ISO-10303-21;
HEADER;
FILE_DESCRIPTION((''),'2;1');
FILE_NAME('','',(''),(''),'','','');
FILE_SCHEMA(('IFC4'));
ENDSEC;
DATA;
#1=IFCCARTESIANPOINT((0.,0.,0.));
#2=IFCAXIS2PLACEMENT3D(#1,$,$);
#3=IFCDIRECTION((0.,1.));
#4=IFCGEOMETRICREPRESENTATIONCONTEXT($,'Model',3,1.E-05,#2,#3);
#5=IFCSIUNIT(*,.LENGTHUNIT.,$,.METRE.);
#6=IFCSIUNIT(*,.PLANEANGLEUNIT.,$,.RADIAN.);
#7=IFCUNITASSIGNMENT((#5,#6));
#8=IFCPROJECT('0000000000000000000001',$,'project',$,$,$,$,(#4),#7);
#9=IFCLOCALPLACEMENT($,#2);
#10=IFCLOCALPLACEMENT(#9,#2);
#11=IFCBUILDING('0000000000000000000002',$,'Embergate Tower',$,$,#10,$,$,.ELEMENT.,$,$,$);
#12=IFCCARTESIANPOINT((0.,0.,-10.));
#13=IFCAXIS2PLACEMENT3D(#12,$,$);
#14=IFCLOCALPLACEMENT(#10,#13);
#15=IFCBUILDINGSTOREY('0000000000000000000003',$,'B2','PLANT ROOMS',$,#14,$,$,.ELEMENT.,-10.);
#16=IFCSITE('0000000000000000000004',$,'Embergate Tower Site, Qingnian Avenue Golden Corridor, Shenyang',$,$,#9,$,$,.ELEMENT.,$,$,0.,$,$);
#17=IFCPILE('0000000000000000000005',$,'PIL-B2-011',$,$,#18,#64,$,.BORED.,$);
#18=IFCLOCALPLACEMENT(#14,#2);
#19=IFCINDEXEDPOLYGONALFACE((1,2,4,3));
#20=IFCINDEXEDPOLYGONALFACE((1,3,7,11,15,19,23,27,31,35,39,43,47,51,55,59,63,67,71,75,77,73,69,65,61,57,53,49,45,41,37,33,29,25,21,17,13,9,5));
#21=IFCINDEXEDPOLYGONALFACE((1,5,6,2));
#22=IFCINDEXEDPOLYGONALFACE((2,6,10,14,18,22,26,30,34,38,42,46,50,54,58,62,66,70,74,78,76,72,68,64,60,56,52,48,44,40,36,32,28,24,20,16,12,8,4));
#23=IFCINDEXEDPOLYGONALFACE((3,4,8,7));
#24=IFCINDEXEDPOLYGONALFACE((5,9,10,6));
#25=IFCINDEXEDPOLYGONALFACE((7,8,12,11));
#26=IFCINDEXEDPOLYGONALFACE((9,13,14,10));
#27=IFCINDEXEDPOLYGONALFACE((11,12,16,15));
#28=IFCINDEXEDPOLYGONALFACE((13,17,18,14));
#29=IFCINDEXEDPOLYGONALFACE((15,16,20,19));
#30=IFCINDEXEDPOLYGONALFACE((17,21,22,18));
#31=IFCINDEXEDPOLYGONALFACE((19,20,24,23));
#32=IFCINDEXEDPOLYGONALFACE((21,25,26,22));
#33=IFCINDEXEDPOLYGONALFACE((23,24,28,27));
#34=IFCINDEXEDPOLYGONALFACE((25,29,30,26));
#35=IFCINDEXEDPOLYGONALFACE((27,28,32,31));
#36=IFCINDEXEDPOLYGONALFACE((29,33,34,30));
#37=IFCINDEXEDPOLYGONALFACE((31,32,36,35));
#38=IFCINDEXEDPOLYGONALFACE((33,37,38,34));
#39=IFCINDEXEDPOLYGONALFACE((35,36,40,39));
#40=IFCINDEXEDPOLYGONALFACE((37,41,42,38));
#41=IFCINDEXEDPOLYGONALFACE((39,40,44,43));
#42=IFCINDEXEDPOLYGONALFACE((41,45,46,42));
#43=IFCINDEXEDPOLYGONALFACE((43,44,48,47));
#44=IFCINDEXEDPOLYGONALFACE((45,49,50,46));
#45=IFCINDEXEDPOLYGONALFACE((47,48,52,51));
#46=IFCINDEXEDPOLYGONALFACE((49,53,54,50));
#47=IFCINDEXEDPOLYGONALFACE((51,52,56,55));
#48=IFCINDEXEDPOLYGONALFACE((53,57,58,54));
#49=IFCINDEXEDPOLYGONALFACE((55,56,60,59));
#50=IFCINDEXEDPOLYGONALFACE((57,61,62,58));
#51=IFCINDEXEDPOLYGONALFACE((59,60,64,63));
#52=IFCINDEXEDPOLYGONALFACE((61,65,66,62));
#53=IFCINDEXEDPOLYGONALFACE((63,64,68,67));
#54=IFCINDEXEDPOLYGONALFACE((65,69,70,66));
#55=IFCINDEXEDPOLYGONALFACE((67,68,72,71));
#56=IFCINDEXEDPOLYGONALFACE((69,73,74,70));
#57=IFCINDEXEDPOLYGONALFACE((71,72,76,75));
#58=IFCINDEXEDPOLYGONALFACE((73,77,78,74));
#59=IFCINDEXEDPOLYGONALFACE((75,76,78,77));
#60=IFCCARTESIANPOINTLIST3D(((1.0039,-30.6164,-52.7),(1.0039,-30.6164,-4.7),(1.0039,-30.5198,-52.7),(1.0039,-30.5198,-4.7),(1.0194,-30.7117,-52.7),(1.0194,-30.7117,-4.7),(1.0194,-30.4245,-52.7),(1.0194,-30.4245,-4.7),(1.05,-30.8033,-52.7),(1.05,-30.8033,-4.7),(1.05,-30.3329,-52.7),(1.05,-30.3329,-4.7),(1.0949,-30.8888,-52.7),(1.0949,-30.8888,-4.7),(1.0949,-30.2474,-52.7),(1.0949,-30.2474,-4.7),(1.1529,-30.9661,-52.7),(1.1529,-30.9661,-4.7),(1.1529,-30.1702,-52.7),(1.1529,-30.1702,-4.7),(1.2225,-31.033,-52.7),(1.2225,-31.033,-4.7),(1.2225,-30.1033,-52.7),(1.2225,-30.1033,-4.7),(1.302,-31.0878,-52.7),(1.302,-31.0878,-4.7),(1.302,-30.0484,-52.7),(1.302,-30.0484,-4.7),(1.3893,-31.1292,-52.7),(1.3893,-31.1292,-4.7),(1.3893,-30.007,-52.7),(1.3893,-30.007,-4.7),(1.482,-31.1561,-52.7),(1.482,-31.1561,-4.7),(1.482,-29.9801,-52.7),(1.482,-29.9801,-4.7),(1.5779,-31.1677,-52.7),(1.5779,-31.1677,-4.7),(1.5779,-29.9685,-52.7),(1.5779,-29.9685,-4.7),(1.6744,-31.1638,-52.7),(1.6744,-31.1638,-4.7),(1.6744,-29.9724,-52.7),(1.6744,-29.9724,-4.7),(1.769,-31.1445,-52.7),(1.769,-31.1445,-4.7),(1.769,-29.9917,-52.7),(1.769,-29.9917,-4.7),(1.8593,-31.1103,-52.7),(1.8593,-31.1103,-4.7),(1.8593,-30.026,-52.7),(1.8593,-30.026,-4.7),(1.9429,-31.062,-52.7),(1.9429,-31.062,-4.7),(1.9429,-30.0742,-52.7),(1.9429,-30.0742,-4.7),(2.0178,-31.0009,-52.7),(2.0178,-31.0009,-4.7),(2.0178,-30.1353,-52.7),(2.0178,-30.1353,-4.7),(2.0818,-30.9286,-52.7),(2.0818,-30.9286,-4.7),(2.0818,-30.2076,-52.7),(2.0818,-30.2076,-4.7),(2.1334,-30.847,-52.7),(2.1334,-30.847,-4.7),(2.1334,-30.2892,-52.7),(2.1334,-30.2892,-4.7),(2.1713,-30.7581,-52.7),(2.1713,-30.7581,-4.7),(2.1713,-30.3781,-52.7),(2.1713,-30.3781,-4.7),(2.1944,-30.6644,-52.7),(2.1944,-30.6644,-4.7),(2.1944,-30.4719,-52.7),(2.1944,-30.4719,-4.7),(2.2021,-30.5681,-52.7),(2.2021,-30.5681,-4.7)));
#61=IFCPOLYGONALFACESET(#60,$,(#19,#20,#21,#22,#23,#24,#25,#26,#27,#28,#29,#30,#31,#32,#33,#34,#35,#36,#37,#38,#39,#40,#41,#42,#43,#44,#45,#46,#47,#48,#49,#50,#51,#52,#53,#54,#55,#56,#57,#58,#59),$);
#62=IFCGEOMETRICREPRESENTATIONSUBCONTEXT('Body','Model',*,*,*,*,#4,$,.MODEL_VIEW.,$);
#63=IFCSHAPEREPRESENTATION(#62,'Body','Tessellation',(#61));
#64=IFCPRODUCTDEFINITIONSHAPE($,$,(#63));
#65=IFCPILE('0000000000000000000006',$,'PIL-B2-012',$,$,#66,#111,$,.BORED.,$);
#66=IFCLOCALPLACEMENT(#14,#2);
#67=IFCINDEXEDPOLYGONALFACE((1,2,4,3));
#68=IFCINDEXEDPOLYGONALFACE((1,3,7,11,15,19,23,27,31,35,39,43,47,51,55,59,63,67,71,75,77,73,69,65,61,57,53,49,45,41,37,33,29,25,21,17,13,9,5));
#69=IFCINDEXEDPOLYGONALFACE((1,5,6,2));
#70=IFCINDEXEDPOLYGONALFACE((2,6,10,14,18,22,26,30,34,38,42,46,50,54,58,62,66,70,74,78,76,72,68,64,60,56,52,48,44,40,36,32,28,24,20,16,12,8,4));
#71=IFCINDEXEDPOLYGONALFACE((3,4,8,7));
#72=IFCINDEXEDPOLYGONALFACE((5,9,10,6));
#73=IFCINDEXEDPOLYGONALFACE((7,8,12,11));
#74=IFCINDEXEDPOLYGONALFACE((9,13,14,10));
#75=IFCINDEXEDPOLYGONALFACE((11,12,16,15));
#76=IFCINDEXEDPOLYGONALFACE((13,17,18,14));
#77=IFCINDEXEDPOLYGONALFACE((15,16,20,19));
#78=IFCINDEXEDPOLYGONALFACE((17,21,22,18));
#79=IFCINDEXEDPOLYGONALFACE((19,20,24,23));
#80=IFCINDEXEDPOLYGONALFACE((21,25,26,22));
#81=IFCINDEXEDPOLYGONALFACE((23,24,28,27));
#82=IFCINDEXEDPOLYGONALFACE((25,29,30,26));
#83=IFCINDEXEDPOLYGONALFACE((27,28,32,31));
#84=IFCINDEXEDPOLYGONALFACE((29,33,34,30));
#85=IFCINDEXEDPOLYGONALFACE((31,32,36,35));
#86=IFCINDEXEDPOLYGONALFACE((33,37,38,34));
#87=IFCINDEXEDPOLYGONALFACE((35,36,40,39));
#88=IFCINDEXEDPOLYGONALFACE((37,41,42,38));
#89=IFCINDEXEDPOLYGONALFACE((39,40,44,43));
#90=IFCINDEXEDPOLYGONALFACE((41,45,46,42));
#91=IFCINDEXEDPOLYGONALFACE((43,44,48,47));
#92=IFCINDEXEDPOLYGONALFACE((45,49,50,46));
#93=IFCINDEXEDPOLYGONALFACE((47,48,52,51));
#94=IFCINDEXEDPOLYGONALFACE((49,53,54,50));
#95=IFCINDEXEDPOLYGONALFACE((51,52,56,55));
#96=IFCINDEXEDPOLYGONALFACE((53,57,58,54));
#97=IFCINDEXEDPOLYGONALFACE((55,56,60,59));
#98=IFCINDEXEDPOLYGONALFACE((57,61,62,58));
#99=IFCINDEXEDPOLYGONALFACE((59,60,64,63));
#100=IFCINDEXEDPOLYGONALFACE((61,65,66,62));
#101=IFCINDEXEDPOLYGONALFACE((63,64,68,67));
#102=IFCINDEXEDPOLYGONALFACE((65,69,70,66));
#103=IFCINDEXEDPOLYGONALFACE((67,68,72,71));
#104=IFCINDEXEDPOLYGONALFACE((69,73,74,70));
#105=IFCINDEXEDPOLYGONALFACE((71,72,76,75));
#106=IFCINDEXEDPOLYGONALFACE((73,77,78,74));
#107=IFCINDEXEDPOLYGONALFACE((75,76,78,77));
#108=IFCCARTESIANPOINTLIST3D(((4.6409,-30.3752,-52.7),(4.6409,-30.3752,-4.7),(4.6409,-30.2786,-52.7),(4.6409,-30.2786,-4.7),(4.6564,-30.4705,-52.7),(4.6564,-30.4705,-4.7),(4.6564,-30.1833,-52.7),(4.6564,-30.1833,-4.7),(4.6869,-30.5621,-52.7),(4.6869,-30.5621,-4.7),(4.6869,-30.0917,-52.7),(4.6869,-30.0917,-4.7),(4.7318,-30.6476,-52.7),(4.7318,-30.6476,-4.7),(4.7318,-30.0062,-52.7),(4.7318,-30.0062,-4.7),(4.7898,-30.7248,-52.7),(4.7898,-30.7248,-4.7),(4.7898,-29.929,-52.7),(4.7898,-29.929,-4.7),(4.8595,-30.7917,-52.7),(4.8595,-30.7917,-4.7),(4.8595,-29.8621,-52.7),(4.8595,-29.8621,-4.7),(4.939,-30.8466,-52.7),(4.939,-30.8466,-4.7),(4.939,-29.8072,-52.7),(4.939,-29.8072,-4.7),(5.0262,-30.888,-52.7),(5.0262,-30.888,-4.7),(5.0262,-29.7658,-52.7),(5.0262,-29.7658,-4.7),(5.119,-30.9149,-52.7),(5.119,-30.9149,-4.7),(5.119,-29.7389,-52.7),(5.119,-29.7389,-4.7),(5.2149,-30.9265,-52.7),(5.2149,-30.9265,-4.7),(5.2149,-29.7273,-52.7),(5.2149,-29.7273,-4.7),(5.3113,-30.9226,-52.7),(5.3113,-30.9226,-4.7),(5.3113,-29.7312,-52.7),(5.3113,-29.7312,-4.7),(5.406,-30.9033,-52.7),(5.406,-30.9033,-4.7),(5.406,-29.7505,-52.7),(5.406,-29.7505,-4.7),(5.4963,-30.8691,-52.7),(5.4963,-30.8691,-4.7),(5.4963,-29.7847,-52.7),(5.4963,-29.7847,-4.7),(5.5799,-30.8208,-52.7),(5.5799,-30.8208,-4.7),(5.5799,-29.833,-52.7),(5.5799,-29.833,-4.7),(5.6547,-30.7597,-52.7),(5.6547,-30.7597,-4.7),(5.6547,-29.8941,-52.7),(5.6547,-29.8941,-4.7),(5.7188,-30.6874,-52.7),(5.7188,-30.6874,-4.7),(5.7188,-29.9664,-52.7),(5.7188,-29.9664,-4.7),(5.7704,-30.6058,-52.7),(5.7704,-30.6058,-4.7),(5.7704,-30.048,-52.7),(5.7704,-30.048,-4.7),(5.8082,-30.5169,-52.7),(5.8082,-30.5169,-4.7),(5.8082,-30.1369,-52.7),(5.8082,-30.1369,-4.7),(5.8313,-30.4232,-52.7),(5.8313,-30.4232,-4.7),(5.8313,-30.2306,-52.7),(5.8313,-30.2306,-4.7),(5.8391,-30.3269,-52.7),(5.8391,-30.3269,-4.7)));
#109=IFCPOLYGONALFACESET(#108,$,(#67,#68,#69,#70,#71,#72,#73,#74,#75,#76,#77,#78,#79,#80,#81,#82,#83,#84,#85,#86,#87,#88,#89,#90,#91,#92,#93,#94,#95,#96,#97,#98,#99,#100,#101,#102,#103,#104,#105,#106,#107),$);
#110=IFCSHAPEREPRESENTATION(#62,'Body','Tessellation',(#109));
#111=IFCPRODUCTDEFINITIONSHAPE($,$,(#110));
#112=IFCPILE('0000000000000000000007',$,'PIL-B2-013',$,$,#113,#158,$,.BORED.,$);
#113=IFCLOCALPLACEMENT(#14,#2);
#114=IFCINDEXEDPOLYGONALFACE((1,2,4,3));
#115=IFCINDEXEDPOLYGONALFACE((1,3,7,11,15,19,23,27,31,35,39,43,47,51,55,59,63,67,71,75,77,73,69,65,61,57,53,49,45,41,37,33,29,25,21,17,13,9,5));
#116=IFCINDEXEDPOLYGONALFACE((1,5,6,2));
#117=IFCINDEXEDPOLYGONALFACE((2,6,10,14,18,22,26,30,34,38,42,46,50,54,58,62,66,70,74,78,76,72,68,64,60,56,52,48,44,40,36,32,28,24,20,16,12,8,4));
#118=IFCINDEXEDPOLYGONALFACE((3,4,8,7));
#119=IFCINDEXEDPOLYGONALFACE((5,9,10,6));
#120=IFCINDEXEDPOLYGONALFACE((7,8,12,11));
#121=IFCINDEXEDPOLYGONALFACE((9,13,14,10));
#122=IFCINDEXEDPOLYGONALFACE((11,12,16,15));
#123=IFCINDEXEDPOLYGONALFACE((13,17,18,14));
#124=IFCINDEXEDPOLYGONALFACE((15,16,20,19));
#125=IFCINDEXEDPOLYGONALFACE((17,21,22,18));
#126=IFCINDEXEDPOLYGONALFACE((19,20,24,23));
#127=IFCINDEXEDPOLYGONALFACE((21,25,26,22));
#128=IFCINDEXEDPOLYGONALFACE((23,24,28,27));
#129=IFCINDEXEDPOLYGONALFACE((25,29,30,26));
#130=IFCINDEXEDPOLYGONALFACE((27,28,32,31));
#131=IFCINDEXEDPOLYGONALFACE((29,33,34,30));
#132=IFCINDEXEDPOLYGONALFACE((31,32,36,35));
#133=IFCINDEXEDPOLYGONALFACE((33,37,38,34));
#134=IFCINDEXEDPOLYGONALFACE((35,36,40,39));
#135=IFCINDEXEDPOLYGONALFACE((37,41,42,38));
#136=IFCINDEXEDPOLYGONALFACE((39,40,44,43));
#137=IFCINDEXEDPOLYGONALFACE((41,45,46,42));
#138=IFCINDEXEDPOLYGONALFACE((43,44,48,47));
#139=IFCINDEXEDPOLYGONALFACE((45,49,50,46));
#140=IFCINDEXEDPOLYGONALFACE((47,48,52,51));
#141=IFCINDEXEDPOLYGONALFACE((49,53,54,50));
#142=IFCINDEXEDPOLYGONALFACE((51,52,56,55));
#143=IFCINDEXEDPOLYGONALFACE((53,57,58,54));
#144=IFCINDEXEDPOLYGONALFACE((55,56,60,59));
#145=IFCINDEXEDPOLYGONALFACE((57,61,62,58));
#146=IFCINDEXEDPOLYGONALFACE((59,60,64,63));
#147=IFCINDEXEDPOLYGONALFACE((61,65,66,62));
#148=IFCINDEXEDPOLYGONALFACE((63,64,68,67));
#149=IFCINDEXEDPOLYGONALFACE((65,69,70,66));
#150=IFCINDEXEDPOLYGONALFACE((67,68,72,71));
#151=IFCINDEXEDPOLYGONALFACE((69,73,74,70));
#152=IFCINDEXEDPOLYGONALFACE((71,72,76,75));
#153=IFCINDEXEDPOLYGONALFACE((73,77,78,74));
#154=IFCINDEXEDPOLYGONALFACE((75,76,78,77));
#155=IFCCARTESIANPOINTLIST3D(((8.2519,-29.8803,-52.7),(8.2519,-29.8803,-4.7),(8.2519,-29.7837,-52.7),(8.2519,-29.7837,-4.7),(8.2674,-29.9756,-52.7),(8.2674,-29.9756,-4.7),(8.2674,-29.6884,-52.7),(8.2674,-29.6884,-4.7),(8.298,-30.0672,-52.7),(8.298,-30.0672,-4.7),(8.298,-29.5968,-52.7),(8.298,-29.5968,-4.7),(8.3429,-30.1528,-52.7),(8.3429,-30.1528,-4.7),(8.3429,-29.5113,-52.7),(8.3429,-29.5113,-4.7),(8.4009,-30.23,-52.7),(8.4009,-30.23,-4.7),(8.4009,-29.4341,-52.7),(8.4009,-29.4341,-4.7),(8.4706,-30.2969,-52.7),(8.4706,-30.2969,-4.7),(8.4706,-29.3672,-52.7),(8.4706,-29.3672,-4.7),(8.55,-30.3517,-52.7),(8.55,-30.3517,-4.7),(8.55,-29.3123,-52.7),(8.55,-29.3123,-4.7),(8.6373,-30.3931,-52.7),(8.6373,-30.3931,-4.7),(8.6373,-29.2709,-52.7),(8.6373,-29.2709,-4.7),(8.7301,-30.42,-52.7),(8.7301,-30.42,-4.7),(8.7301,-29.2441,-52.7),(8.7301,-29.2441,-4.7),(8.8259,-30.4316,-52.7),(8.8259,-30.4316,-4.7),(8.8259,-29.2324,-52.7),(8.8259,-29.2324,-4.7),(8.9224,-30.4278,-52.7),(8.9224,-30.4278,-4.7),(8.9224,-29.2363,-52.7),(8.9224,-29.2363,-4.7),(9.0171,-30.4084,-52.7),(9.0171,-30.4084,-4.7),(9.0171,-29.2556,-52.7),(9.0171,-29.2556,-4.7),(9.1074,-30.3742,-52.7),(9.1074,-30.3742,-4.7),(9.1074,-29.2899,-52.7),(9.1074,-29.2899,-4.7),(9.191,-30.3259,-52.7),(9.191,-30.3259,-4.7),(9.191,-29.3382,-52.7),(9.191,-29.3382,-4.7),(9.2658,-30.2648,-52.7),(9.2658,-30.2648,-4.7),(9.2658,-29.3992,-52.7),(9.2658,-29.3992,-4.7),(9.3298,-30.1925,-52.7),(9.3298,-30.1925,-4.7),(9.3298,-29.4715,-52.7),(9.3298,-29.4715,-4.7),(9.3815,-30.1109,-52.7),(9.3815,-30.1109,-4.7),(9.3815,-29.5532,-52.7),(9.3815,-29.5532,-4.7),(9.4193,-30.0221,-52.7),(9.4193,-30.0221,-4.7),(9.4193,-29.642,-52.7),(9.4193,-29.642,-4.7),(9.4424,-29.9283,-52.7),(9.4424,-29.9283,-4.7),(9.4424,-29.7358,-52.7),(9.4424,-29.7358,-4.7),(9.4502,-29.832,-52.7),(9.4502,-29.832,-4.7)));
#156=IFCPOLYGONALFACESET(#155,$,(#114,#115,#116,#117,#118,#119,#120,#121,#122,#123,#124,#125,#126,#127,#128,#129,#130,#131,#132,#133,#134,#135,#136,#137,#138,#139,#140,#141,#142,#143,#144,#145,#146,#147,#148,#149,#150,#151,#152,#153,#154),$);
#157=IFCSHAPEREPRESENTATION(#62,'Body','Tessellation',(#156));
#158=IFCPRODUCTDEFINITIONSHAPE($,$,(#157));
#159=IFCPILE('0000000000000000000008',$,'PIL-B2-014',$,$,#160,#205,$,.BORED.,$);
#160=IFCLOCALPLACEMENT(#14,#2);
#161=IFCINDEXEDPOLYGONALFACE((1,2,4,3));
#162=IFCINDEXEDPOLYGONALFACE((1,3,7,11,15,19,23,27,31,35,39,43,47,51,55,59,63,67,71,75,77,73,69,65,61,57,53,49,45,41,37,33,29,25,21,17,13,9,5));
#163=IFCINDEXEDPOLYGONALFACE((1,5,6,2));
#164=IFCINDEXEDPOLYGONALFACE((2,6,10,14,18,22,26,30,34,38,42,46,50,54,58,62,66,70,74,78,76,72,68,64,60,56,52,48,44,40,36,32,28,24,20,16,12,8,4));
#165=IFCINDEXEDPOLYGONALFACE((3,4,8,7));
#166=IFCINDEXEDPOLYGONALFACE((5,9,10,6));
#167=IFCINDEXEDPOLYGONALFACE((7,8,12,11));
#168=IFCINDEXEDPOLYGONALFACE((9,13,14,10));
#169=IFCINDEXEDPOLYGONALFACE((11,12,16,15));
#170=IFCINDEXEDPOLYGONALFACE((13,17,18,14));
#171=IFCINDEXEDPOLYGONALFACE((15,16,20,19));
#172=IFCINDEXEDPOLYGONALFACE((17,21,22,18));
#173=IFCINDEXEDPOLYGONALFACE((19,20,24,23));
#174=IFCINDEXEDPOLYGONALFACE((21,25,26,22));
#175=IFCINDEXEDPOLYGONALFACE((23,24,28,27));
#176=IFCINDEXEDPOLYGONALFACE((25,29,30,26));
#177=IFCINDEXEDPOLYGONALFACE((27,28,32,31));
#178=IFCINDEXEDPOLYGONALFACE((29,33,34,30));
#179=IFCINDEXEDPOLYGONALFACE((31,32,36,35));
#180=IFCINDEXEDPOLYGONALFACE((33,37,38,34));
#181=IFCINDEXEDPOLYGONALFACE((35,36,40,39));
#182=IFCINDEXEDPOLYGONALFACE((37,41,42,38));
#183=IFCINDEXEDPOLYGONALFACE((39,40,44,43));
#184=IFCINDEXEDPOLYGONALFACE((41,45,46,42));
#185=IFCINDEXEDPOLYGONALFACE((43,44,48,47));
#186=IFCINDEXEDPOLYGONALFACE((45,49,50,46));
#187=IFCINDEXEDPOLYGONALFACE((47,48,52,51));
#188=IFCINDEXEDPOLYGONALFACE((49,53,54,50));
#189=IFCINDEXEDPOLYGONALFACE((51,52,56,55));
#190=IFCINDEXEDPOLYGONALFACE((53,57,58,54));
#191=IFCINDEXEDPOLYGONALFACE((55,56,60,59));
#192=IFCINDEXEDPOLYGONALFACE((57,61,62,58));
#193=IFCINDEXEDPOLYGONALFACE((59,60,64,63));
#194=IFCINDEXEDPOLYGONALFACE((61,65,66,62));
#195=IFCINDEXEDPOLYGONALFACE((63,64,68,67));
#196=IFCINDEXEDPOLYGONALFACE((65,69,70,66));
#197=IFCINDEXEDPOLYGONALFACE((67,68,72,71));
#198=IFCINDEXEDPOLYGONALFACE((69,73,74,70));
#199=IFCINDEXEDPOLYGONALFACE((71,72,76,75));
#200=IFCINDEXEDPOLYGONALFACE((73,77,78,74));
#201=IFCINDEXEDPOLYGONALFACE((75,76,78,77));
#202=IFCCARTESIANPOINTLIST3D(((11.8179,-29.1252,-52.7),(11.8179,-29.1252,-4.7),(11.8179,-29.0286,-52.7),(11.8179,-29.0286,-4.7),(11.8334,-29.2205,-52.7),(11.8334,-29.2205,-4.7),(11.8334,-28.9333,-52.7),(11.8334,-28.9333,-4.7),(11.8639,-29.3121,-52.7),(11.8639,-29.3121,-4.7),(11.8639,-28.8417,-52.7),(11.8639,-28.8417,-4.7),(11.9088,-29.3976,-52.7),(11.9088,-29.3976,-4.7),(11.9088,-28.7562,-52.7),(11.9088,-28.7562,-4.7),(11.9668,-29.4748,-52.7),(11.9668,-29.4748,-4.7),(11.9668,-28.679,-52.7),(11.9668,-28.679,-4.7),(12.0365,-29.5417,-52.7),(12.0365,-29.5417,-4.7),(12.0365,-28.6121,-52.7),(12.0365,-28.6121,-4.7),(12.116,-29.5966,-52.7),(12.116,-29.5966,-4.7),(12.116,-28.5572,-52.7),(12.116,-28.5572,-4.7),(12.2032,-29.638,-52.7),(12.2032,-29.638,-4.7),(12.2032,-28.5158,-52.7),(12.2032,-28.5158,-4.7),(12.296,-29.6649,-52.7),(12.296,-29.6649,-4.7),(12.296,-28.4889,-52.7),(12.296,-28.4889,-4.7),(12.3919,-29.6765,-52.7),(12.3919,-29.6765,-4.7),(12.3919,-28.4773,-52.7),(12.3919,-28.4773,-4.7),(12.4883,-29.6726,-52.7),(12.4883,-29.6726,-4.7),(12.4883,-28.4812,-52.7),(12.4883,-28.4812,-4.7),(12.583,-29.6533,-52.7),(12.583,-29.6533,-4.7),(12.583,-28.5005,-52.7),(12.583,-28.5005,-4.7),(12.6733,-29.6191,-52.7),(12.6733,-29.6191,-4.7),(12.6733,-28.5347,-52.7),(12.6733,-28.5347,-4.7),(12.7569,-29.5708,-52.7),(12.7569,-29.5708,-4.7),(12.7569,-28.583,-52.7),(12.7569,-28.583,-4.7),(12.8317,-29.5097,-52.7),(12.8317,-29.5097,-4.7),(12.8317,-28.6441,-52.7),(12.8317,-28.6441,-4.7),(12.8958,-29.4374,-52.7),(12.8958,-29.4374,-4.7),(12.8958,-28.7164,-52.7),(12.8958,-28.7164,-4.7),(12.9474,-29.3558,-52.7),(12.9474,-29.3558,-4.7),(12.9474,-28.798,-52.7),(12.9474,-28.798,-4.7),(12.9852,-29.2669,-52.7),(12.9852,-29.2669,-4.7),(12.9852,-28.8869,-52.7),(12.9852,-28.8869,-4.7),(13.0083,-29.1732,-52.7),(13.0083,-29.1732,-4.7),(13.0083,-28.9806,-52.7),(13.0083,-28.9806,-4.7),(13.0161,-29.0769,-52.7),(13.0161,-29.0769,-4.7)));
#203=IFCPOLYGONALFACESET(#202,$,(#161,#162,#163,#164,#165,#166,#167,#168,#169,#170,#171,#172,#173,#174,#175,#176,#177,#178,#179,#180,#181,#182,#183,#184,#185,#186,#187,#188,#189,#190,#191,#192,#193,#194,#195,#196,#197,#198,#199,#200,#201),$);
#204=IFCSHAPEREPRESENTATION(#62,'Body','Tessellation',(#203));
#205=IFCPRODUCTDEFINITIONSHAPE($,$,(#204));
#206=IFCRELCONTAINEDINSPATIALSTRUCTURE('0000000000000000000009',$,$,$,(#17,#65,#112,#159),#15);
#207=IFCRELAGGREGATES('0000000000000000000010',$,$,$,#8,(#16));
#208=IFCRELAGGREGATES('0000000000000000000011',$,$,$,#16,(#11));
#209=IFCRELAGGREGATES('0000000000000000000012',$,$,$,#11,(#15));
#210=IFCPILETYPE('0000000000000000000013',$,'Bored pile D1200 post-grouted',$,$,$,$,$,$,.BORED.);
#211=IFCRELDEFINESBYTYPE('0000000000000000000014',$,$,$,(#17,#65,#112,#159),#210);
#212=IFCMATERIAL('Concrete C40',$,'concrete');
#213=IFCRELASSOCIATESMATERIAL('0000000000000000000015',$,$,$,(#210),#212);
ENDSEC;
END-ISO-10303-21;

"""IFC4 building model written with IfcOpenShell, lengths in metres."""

from ifc_helpers import new_model, si_unit, direction, frame, origin, origin_2d, place, context, subcontext, project, spatial, circle, extrude, source, transform, mapped, material, material_profile, profile_set, type_object, element, save


model = new_model("IFC4")

# Units and contexts
model_context = context("Model", 3, precision=1e-05, world=origin(), true_north=direction((0.0, 1.0)))
body_context = subcontext(model_context, "Body", "Model", "MODEL_VIEW")
ifc_project = project(units=[si_unit("LENGTHUNIT", "METRE"), si_unit("PLANEANGLEUNIT", "RADIAN")], contexts=[model_context])

# Site, building, storey
site_placement = place(None, origin())
site = spatial("IfcSite", under=ifc_project, at=site_placement, Name="Embergate Tower Site, Qingnian Avenue Golden Corridor, Shenyang", CompositionType="ELEMENT", RefElevation=0.0)
building_placement = place(site_placement, origin())
building = spatial("IfcBuilding", under=site, at=building_placement, Name="Embergate Tower", CompositionType="ELEMENT")
storey_placement = place(building_placement, frame((0.0, 0.0, -10.0)))
storey = spatial("IfcBuildingStorey", under=building, at=storey_placement, Name="B2", Description="PLANT ROOMS", CompositionType="ELEMENT", Elevation=-10.0)

# Piles
ifc_material_1 = material(Name="Concrete C40", Category="concrete")
ifc_material_profile_1 = material_profile(ifc_material_1, circle(Radius=0.6001, at=origin_2d()), Name="D1200")
ifc_profile_set_1 = profile_set([ifc_material_profile_1], Name="Concrete C40")
pile_type = type_object("IfcPileType", Name="Bored pile D1200 post-grouted", PredefinedType="BORED", material=ifc_profile_set_1)
shared_shape_1 = source(origin(), body_context, "Body", "SweptSolid", [
    extrude(circle(Radius=0.6001, at=origin_2d()), origin(), (0.0, 0.0, 1.0), 48.0),
])
for number, where, z_axis, x_axis, name in (
    (1, (1.6021, -30.5681, -4.7), (0.0, 0.0, -1.0), (1.0, 0.0, 0.0), "PIL-B2-011"),
    (2, (5.239, -30.3269, -4.7), (0.0, 0.0, -1.0), (1.0, 0.0, 0.0), "PIL-B2-012"),
    (3, (8.8501, -29.832, -4.7), (0.0, 0.0, -1.0), (1.0, 0.0, 0.0), "PIL-B2-013"),
    (4, (12.416, -29.0769, -4.7), (0.0, 0.0, -1.0), (1.0, 0.0, 0.0), "PIL-B2-014"),
):
    element("IfcPile", number, at=place(storey_placement, frame(where, z_axis=z_axis, x_axis=x_axis)), inside=storey, type_object=pile_type, Name=name, PredefinedType="BORED", context=body_context, shape_type="MappedRepresentation", body=[
        mapped(shared_shape_1, transform((0.0, 0.0, 0.0))),
    ])

save(model, "model.ifc")
